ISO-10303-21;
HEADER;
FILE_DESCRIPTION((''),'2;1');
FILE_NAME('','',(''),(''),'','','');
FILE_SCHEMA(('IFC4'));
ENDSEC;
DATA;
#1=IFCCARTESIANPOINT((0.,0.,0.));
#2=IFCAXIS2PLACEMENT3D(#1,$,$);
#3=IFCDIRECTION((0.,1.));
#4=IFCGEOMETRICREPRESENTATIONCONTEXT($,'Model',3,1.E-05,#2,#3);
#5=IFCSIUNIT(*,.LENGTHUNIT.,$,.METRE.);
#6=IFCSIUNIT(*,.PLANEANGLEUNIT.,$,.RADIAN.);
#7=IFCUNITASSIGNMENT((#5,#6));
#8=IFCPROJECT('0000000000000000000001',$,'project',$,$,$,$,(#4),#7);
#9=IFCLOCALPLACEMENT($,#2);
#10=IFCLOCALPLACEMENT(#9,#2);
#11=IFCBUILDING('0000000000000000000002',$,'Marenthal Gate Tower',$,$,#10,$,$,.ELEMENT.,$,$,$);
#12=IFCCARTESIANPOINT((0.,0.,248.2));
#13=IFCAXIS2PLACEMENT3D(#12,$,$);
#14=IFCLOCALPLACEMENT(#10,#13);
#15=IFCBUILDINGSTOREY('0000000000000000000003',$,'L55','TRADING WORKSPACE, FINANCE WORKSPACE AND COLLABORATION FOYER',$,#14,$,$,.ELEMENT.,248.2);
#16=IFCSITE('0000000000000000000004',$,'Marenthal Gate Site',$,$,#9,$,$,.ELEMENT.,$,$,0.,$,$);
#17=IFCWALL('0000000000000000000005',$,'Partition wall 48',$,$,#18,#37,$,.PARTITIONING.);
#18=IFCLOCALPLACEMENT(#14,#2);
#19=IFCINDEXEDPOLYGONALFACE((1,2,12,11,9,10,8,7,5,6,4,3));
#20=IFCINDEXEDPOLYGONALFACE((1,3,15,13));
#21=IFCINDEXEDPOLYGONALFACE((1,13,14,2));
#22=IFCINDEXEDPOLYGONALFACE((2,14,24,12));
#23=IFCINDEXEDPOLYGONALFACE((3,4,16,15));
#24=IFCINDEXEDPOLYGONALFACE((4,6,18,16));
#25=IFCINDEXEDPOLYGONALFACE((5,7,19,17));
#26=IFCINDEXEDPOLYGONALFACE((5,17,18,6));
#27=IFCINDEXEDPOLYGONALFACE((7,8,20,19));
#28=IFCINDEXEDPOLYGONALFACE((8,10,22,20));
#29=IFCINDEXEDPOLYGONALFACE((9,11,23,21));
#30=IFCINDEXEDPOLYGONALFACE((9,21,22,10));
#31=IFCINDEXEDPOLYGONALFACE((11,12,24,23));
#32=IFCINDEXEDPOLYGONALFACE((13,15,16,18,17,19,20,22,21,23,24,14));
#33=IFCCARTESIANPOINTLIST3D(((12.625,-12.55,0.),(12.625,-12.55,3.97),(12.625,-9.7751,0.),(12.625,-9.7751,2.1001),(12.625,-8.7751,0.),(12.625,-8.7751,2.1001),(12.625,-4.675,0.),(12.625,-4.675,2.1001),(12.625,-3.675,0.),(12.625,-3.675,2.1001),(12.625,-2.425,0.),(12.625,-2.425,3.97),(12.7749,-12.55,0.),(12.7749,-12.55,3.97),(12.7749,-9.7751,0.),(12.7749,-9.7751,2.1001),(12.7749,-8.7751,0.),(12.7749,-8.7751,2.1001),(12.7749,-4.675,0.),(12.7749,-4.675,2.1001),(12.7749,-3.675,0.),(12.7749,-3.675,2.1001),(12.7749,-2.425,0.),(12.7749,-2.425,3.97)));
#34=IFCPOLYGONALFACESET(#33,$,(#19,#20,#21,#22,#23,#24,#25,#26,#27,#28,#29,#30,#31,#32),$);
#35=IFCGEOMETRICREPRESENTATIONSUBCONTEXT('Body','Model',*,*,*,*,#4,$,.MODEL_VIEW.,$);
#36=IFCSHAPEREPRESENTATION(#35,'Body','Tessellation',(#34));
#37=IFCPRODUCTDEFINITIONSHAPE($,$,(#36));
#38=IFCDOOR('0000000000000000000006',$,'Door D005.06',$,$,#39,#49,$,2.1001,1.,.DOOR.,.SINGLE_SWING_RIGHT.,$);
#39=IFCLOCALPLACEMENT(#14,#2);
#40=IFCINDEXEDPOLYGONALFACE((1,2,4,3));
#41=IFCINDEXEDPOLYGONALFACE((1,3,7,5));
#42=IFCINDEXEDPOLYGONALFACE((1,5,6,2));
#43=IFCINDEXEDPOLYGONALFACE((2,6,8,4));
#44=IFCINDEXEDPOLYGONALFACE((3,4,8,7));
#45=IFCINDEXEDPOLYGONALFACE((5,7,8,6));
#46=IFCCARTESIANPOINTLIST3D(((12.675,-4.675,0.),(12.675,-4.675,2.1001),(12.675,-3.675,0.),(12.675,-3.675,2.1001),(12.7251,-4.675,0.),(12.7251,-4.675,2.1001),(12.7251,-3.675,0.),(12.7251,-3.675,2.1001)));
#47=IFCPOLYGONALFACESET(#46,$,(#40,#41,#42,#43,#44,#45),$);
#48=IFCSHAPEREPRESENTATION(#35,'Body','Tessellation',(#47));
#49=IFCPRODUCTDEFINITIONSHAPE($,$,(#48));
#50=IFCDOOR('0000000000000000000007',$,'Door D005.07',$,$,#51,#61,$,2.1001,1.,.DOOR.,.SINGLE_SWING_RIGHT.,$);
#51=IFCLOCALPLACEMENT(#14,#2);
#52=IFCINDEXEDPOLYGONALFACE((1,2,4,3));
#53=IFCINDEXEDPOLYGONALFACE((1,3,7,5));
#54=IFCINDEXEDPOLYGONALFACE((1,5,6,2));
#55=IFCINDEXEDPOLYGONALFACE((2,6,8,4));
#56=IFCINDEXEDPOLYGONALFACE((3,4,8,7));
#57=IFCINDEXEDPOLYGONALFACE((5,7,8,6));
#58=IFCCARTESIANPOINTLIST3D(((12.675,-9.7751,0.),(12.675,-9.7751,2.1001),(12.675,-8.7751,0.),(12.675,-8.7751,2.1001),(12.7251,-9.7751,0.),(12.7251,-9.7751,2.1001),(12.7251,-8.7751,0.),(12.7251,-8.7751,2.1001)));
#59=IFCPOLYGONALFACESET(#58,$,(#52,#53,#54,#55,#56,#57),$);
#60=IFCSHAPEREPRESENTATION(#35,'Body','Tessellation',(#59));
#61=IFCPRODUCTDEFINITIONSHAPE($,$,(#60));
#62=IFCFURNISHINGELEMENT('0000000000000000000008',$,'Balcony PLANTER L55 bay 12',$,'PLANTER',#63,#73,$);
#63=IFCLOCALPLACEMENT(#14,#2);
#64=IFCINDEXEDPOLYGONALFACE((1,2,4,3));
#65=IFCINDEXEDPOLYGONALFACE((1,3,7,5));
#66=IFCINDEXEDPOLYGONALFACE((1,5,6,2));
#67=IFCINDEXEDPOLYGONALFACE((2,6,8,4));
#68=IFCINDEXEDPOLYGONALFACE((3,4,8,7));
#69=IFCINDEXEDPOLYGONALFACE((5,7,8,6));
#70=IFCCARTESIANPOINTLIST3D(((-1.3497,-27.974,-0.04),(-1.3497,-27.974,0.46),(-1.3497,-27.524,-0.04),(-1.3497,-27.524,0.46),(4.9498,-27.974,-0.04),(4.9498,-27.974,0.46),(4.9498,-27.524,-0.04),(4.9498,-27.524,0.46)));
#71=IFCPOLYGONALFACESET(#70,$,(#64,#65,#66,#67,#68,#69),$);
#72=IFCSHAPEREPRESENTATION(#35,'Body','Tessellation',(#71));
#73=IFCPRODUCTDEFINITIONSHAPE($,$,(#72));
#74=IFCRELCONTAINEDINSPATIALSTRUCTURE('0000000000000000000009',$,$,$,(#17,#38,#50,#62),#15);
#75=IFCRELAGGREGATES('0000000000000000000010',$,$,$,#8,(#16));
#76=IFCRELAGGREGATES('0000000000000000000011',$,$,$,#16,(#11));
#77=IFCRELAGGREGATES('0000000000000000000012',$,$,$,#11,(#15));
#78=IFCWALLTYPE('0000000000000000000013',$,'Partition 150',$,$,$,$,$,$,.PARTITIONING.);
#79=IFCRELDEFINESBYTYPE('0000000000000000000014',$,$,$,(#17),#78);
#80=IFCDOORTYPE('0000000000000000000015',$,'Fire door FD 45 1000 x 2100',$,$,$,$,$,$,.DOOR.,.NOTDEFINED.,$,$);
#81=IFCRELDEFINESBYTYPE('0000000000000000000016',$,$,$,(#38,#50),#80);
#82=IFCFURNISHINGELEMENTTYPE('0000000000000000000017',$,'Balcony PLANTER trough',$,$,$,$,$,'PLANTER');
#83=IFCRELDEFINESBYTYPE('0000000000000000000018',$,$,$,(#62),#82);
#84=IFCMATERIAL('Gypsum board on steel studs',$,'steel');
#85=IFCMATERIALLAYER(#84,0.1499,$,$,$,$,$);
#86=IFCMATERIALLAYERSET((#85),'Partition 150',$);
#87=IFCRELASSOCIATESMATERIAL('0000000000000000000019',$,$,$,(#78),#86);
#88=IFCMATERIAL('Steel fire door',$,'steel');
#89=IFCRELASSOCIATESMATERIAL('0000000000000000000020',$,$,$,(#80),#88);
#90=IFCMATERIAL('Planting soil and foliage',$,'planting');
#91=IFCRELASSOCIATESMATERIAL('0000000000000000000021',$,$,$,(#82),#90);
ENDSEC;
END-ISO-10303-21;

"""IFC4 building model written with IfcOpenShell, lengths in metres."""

from ifc_helpers import new_model, si_unit, direction, frame, frame_2d, origin, origin_2d, place, context, subcontext, project, spatial, rectangle, extrude, material, layer, layer_set, type_object, element, fill, save


model = new_model("IFC4")

# Units and contexts
model_context = context("Model", 3, precision=1e-05, world=origin(), true_north=direction((0.0, 1.0)))
body_context = subcontext(model_context, "Body", "Model", "MODEL_VIEW")
ifc_project = project(units=[si_unit("LENGTHUNIT", "METRE"), si_unit("PLANEANGLEUNIT", "RADIAN")], contexts=[model_context])

# Site, building, storey
site_placement = place(None, origin())
site = spatial("IfcSite", under=ifc_project, at=site_placement, Name="Marenthal Gate Site", CompositionType="ELEMENT", RefElevation=0.0)
building_placement = place(site_placement, origin())
building = spatial("IfcBuilding", under=site, at=building_placement, Name="Marenthal Gate Tower", CompositionType="ELEMENT")
storey_placement = place(building_placement, frame((0.0, 0.0, 248.2)))
storey = spatial("IfcBuildingStorey", under=building, at=storey_placement, Name="L55", Description="TRADING WORKSPACE, FINANCE WORKSPACE AND COLLABORATION FOYER", CompositionType="ELEMENT", Elevation=248.2)

# Shared definitions
ifc_material_1 = material(Name="Gypsum board on steel studs", Category="steel")
ifc_layer_1 = layer(ifc_material_1, 0.1499)
ifc_layer_set_1 = layer_set([ifc_layer_1], Name="Partition 150")
wall_type_1 = type_object("IfcWallType", Name="Partition 150", PredefinedType="PARTITIONING", material=ifc_layer_set_1)

# Wall, openings, doors
wall_1_placement = place(storey_placement, frame((12.7, -12.55, 0.0), z_axis=(0.0, 0.0, 1.0), x_axis=(0.0, 1.0, 0.0)))
wall_1 = element("IfcWall", 1, at=wall_1_placement, inside=storey, type_object=wall_type_1, Name="Partition wall 48", PredefinedType="PARTITIONING", context=body_context, shape_type="SweptSolid", body=[
    extrude(rectangle(XDim=10.125, YDim=0.1499, at=frame_2d((5.0625, 0.0))), origin(), (0.0, 0.0, 1.0), 3.97),
])
opening_1_placement = place(wall_1_placement, frame((7.875, 0.0, 0.0)))
opening_1 = element("IfcOpeningElement", 2, at=opening_1_placement, cuts=wall_1, PredefinedType="OPENING", context=body_context, shape_type="SweptSolid", body=[
    extrude(rectangle(XDim=1.0, YDim=2.1001, at=frame_2d((0.5, 1.05))), frame((0.0, 0.085, 0.0), z_axis=(0.0, -1.0, 0.0), x_axis=(1.0, 0.0, 0.0)), (0.0, 0.0, 1.0), 0.1699),
])
opening_2_placement = place(wall_1_placement, frame((2.7749, 0.0, 0.0)))
opening_2 = element("IfcOpeningElement", 3, at=opening_2_placement, cuts=wall_1, PredefinedType="OPENING", context=body_context, shape_type="SweptSolid", body=[
    extrude(rectangle(XDim=1.0, YDim=2.1001, at=frame_2d((0.5, 1.05))), frame((0.0, 0.085, 0.0), z_axis=(0.0, -1.0, 0.0), x_axis=(1.0, 0.0, 0.0)), (0.0, 0.0, 1.0), 0.1699),
])
ifc_material_2 = material(Name="Steel fire door", Category="steel")
door_type_1 = type_object("IfcDoorType", Name="Fire door FD 45 1000 x 2100", OperationType="NOTDEFINED", PredefinedType="DOOR", material=ifc_material_2)
door_1_placement = place(opening_1_placement, origin())
door_1 = element("IfcDoor", 4, at=door_1_placement, inside=storey, type_object=door_type_1, Name="Door D005.06", OperationType="SINGLE_SWING_RIGHT", OverallHeight=2.1001, OverallWidth=1.0, PredefinedType="DOOR", context=body_context, shape_type="SweptSolid", body=[
    extrude(rectangle(XDim=1.0, YDim=2.1001, at=frame_2d((0.5, 1.05))), frame((0.0, 0.0249, 0.0), z_axis=(0.0, -1.0, 0.0), x_axis=(1.0, 0.0, 0.0)), (0.0, 0.0, 1.0), 0.05),
])
fill(opening_1, door_1)
door_2_placement = place(opening_2_placement, origin())
door_2 = element("IfcDoor", 5, at=door_2_placement, inside=storey, type_object=door_type_1, Name="Door D005.07", OperationType="SINGLE_SWING_RIGHT", OverallHeight=2.1001, OverallWidth=1.0, PredefinedType="DOOR", context=body_context, shape_type="SweptSolid", body=[
    extrude(rectangle(XDim=1.0, YDim=2.1001, at=frame_2d((0.5, 1.05))), frame((0.0, 0.0249, 0.0), z_axis=(0.0, -1.0, 0.0), x_axis=(1.0, 0.0, 0.0)), (0.0, 0.0, 1.0), 0.05),
])
fill(opening_2, door_2)

# Furnishing element
ifc_material_3 = material(Name="Planting soil and foliage", Category="planting")
furnishing_element_type = type_object("IfcFurnishingElementType", Name="Balcony PLANTER trough", ElementType="PLANTER", material=ifc_material_3)
furnishing_placement = place(storey_placement, frame((1.8, -27.749, -0.04), z_axis=(0.0, 0.0, 1.0), x_axis=(1.0, 0.0, 0.0)))
element("IfcFurnishingElement", 6, at=furnishing_placement, inside=storey, type_object=furnishing_element_type, Name="Balcony PLANTER L55 bay 12", ObjectType="PLANTER", context=body_context, shape_type="SweptSolid", body=[
    extrude(rectangle(XDim=6.2996, YDim=0.45, at=origin_2d()), origin(), (0.0, 0.0, 1.0), 0.5),
])

save(model, "model.ifc")
